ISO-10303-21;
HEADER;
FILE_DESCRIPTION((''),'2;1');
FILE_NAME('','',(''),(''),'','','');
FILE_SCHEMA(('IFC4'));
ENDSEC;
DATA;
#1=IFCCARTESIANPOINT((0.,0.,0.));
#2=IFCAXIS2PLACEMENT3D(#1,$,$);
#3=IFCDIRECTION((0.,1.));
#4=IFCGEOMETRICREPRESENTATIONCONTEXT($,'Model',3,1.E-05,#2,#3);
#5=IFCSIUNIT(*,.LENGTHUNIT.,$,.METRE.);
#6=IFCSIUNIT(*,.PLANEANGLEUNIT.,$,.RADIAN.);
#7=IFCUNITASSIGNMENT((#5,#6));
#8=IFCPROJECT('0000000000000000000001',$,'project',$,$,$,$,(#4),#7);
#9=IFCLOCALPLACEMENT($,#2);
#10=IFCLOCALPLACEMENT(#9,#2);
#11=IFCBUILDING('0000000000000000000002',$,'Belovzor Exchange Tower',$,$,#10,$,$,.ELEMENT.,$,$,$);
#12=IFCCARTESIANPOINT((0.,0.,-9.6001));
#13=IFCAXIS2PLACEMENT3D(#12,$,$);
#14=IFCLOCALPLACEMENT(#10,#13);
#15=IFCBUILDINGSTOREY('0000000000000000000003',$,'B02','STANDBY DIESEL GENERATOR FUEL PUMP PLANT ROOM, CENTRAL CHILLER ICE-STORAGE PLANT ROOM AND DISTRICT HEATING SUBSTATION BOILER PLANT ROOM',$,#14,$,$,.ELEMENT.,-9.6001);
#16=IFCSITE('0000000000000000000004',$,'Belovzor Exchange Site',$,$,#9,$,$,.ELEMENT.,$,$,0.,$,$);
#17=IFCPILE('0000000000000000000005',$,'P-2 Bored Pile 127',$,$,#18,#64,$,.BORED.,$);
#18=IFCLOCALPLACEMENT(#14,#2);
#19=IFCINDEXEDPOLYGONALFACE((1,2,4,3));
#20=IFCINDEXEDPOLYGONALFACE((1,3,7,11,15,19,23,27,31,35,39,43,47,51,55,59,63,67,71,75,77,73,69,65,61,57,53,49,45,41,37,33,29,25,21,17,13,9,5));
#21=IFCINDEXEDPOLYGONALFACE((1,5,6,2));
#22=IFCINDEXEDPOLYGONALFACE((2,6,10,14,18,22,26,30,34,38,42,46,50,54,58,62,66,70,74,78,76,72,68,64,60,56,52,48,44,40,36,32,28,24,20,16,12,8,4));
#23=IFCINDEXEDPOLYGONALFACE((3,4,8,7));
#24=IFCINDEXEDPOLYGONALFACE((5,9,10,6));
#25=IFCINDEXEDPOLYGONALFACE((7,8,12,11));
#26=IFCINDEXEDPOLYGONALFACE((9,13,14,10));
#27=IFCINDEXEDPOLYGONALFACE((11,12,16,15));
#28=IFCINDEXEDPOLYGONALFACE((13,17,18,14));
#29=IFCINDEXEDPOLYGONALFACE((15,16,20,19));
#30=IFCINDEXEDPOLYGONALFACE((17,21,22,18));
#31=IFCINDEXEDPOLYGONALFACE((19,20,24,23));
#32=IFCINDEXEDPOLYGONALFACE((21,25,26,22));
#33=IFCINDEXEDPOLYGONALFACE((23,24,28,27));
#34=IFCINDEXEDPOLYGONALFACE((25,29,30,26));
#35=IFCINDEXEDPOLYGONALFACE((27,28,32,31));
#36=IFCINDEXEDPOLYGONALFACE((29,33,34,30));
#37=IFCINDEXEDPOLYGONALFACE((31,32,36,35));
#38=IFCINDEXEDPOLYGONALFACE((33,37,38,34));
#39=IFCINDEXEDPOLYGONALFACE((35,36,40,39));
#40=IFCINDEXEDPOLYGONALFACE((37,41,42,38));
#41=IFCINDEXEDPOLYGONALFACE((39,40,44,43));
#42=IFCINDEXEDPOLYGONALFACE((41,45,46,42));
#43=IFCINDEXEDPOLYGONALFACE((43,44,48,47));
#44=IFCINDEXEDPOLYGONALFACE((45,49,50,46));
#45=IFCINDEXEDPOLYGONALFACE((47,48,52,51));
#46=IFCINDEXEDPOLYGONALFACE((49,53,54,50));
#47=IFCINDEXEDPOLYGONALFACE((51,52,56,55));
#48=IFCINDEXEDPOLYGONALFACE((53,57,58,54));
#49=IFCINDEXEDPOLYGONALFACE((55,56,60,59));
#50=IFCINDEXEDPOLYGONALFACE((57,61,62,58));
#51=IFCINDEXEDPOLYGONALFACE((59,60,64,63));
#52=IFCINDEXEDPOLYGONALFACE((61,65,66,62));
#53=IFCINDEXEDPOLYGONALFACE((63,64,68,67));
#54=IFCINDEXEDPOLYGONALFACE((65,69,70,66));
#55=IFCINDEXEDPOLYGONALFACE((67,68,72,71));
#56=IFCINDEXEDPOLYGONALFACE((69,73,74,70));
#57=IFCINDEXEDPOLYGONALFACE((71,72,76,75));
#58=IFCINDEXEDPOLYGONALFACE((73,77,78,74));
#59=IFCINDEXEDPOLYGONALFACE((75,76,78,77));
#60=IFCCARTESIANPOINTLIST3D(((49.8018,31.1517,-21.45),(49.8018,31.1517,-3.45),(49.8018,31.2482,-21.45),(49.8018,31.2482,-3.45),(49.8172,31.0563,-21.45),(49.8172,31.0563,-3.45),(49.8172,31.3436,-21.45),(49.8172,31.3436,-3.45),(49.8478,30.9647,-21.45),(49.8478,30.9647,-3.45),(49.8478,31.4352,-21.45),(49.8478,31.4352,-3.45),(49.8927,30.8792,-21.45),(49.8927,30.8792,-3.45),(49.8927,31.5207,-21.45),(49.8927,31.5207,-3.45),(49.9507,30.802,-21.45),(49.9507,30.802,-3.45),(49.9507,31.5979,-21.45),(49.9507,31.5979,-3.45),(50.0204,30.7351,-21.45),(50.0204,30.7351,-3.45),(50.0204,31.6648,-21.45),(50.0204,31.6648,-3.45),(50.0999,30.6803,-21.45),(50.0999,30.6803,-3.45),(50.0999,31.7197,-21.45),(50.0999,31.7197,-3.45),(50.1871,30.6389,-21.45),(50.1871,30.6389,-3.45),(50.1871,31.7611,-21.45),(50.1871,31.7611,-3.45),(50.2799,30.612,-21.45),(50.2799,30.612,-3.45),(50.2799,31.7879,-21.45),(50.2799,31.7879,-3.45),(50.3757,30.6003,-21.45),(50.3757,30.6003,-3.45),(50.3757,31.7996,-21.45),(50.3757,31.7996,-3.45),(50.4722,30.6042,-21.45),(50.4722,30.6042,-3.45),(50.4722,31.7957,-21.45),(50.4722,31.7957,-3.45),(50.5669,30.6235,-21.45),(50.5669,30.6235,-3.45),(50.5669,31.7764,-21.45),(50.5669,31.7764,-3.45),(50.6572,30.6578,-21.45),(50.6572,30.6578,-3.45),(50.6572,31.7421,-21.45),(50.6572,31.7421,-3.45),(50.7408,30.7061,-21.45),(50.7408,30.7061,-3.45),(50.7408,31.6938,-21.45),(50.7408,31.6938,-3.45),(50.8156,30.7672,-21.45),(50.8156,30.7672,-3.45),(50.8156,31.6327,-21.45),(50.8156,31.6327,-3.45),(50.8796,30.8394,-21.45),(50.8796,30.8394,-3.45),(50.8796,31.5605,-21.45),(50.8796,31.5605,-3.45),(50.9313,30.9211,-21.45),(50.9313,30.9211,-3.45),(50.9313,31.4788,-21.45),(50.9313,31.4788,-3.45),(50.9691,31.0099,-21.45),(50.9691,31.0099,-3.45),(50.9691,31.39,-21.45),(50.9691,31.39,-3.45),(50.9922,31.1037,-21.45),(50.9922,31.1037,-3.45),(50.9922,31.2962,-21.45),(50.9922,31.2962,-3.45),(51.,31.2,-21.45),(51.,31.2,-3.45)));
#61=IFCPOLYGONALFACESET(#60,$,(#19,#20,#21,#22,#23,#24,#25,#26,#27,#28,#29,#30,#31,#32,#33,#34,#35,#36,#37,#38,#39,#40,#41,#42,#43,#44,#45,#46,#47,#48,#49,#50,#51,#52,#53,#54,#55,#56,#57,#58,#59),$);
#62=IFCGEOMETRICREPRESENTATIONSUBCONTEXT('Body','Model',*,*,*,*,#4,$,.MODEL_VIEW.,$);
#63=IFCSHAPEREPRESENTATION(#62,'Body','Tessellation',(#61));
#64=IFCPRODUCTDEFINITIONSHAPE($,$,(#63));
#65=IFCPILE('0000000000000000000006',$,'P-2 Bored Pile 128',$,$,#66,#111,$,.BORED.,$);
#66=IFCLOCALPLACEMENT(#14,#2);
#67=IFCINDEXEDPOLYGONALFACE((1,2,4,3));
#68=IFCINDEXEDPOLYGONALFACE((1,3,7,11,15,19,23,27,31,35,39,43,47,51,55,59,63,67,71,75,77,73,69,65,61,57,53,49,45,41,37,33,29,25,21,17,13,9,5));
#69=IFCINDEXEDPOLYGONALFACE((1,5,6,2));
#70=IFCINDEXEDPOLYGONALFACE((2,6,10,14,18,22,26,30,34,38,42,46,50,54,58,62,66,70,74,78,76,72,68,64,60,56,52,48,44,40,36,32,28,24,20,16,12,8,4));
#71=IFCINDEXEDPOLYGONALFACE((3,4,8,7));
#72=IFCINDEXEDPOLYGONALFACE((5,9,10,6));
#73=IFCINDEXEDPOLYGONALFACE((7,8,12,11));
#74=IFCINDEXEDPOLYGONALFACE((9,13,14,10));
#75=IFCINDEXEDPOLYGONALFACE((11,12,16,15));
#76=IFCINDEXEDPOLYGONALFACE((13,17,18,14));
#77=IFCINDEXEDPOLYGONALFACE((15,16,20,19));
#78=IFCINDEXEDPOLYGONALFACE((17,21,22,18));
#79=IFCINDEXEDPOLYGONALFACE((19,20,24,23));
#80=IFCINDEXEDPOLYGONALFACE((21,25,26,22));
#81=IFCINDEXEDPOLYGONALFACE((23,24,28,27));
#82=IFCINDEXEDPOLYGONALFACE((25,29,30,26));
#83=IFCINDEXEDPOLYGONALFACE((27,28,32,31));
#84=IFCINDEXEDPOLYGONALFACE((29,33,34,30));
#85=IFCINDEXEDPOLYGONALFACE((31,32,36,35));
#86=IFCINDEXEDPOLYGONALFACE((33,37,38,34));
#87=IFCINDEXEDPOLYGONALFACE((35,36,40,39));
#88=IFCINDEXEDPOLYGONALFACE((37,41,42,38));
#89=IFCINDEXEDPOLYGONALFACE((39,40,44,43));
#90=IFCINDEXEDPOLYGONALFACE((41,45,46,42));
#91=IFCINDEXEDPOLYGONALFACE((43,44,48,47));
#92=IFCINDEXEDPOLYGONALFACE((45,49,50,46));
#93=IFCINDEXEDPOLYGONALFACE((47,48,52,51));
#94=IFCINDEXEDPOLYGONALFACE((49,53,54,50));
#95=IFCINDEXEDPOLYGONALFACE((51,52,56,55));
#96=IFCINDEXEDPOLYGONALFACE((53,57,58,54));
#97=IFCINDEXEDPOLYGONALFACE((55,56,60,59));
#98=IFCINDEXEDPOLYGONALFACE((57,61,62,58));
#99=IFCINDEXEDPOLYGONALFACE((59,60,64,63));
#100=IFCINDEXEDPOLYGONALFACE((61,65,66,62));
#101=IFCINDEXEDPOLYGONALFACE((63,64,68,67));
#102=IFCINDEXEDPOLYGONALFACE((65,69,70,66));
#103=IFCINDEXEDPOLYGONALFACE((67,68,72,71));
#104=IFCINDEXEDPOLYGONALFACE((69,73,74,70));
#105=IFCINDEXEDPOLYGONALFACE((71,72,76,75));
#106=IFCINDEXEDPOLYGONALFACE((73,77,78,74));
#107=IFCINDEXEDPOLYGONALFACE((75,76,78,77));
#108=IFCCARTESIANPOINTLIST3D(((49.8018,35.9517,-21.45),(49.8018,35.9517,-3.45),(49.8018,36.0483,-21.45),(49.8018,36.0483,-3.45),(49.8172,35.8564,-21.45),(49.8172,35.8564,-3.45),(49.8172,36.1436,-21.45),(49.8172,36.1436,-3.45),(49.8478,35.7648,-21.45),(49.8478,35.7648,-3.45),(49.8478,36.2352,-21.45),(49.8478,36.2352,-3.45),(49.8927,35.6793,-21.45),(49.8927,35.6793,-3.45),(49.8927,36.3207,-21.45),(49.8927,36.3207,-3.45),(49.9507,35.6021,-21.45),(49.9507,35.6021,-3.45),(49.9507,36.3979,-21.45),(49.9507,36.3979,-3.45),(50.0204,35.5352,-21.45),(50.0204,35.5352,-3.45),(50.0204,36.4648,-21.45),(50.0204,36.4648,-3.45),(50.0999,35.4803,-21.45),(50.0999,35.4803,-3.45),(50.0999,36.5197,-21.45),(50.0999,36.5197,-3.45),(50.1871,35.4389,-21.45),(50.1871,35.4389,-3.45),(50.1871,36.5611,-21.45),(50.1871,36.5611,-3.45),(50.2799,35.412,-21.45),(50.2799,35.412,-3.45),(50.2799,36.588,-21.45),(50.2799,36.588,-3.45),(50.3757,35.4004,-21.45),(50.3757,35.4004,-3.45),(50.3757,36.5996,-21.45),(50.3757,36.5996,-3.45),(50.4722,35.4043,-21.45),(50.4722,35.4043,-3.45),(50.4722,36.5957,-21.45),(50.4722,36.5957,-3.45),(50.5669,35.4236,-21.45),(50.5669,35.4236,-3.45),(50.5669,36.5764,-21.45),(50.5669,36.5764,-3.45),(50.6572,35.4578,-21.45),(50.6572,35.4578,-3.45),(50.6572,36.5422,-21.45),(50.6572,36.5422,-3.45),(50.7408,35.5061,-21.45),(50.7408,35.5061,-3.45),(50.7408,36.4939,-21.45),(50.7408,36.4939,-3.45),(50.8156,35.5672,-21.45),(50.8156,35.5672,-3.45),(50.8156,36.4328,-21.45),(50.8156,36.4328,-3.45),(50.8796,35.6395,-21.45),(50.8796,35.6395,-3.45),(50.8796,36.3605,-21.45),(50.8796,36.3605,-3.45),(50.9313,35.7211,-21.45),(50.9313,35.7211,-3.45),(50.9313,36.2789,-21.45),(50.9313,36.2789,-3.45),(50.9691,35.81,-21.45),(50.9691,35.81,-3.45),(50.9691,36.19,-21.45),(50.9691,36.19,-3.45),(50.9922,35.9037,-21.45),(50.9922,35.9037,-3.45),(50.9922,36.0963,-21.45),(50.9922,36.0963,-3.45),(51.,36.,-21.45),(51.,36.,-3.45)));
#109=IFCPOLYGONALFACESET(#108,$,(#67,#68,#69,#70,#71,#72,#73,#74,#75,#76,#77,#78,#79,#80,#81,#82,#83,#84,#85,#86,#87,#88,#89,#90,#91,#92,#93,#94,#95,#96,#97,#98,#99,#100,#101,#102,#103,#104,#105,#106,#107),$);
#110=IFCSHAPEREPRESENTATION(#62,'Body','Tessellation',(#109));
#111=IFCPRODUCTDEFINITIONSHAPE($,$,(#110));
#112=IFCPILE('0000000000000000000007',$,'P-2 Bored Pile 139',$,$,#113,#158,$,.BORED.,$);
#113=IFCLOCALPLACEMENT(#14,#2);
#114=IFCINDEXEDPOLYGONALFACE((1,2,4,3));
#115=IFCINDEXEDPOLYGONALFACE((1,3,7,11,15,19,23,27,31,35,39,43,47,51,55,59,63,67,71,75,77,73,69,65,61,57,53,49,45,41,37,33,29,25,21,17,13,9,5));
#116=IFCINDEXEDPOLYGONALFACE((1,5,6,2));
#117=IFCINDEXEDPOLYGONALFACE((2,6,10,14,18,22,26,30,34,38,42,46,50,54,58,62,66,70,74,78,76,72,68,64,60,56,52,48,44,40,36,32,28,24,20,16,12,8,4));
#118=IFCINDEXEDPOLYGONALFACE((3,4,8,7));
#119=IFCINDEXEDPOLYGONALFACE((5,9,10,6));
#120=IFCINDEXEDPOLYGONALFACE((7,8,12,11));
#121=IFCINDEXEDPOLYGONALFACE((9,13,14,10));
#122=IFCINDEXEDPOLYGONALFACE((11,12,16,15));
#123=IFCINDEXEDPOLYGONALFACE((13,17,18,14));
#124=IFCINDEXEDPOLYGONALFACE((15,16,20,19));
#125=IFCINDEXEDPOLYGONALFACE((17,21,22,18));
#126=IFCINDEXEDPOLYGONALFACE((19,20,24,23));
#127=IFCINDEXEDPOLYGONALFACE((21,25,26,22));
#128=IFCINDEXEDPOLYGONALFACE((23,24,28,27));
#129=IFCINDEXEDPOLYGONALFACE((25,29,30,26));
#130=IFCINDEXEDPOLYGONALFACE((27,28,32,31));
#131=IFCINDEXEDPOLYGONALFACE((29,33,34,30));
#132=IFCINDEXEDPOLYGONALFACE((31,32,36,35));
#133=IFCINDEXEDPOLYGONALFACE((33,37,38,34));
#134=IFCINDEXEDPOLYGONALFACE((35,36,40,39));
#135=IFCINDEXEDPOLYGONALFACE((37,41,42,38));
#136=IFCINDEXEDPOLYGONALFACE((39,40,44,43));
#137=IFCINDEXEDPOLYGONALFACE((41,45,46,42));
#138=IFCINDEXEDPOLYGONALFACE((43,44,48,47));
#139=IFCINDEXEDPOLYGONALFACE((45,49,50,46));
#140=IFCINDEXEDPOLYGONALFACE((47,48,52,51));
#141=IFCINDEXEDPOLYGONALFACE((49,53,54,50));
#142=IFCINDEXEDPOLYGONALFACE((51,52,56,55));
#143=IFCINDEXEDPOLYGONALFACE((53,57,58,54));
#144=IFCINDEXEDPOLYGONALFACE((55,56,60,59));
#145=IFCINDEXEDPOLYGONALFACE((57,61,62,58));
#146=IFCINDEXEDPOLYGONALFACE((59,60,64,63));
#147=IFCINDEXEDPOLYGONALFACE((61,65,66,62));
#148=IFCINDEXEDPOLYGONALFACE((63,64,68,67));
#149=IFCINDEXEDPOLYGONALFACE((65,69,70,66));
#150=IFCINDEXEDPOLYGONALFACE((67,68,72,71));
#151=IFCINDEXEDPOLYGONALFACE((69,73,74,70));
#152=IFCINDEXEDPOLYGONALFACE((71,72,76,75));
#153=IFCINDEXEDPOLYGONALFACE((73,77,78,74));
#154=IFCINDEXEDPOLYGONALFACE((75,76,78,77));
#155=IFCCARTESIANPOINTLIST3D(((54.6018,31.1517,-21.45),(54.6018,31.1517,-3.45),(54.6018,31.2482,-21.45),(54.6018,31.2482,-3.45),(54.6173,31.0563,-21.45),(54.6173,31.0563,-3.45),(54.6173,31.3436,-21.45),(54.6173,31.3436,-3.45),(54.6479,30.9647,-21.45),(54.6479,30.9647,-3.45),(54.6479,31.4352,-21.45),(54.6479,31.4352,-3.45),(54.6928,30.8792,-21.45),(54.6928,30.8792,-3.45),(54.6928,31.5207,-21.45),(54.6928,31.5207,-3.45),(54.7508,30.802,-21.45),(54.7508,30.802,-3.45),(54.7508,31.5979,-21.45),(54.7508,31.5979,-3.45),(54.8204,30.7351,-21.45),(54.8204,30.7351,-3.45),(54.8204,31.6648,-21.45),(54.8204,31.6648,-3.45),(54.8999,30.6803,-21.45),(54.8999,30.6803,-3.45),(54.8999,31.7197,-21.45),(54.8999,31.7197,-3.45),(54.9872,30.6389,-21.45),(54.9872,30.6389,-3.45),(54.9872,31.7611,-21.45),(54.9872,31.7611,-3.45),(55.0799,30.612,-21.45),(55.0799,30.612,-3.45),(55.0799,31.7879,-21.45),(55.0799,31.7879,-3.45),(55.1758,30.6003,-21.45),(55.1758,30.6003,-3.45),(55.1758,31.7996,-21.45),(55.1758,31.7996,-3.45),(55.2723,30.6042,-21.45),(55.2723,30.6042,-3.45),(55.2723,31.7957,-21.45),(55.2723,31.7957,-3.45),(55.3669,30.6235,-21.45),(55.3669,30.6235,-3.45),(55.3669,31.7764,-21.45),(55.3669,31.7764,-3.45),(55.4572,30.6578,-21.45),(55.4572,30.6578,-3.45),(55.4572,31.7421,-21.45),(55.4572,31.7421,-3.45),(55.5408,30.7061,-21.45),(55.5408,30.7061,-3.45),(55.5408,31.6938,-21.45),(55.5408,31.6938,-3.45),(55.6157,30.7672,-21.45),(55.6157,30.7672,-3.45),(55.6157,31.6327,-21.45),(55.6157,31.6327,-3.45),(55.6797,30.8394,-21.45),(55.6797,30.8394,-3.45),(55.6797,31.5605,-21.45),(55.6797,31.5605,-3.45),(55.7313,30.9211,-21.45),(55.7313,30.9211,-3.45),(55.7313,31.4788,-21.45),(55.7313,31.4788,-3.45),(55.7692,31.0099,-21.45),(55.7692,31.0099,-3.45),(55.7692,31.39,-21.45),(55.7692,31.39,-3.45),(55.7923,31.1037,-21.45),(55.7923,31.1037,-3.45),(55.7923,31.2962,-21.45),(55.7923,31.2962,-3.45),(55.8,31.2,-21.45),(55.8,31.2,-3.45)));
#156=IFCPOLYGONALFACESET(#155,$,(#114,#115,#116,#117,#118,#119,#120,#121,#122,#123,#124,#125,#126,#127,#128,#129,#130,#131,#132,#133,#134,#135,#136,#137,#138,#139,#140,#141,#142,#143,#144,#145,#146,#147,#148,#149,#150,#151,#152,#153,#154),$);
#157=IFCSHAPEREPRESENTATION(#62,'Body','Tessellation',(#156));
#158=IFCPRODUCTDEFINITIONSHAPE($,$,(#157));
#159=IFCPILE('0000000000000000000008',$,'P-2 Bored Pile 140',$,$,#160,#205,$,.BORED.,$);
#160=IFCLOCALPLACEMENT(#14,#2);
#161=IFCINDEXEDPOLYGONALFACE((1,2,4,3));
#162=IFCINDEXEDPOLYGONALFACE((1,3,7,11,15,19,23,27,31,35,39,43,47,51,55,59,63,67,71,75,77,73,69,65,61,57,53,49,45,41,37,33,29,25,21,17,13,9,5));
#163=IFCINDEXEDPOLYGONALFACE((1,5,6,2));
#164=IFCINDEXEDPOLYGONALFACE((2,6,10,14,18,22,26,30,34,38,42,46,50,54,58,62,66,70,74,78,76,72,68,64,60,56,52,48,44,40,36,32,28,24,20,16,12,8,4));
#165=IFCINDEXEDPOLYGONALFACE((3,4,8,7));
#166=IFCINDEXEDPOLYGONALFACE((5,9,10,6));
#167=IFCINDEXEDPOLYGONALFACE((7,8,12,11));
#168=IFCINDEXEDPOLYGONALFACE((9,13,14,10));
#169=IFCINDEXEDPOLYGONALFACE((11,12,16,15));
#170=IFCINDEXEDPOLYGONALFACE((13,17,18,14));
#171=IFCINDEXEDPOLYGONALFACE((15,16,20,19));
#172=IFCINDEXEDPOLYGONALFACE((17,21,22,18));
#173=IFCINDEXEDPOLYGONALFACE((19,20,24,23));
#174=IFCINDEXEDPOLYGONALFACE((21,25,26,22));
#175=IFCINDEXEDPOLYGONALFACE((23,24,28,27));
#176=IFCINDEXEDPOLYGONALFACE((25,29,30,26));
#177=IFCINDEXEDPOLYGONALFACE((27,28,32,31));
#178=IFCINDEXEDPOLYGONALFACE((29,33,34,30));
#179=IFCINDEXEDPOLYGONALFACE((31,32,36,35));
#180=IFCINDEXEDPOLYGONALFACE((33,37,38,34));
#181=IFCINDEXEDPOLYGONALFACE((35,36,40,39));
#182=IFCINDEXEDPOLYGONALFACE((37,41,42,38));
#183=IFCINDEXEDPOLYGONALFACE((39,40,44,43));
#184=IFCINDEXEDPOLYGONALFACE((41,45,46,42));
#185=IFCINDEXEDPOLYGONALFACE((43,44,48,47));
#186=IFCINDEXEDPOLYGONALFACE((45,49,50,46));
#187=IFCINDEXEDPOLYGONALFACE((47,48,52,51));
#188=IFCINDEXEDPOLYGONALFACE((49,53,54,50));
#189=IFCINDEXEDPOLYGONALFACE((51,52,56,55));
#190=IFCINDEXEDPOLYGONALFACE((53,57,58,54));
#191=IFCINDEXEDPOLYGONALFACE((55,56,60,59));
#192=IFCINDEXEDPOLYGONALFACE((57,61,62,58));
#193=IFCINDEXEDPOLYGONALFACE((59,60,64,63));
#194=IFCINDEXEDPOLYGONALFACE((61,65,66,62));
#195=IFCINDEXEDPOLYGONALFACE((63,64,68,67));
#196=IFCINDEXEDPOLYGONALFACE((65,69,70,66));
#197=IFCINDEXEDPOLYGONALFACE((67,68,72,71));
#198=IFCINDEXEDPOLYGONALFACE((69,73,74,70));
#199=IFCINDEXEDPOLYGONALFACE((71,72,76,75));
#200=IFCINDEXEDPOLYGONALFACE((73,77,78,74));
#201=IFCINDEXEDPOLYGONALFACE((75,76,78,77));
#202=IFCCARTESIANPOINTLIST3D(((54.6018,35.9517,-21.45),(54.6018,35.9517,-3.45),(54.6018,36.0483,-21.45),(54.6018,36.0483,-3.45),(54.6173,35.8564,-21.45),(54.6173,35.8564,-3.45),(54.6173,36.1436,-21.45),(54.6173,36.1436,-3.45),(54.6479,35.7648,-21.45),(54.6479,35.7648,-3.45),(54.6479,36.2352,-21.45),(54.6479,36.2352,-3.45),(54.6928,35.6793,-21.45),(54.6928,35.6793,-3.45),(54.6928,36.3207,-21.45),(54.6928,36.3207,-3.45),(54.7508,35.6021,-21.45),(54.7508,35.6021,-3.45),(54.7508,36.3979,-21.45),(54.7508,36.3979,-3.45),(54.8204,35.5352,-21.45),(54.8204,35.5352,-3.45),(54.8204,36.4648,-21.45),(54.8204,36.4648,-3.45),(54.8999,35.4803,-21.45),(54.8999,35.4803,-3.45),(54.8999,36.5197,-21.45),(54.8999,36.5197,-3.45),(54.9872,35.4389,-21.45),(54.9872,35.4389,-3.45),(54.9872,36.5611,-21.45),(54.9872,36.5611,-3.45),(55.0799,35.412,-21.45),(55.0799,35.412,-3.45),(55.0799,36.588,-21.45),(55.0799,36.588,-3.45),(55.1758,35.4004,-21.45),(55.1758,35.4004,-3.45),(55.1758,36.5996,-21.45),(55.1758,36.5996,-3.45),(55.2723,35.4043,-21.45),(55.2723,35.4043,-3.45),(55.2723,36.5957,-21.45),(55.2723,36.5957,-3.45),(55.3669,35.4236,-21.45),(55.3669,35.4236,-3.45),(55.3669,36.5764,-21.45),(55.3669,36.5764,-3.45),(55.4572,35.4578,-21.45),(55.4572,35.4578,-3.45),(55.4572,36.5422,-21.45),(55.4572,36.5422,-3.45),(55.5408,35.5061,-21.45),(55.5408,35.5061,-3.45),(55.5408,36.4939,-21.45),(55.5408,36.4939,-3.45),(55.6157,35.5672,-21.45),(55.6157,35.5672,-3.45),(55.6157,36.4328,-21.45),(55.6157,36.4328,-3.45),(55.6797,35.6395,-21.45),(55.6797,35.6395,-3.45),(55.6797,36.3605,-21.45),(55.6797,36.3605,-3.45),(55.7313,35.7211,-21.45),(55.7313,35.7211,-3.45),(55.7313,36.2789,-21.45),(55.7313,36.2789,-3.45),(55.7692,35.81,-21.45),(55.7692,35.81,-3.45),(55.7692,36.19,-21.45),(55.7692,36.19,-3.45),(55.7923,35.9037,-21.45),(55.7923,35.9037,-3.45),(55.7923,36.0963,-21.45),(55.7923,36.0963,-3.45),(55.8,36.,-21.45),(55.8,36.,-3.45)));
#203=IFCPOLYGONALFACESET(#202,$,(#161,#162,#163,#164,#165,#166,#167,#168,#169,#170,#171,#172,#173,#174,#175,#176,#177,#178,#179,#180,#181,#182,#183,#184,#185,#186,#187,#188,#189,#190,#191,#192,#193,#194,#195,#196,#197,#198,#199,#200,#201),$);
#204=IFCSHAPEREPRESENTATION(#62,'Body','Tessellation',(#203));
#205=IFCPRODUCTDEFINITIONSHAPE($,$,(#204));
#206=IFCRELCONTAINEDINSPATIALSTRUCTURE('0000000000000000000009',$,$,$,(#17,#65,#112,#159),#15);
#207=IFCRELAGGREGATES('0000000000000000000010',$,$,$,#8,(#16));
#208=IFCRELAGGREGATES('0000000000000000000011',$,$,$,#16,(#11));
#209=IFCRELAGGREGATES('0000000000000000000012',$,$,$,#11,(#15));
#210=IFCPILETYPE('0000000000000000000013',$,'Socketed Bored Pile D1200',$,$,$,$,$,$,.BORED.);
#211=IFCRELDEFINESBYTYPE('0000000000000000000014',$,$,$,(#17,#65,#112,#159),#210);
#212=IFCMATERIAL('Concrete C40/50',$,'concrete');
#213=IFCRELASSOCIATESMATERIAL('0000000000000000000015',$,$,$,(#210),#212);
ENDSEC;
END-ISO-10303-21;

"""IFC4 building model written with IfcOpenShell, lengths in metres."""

from ifc_helpers import new_model, si_unit, direction, frame, origin, origin_2d, place, context, subcontext, project, spatial, circle, extrude, material, material_profile, profile_set, type_object, element, save


model = new_model("IFC4")

# Units and contexts
model_context = context("Model", 3, precision=1e-05, world=origin(), true_north=direction((0.0, 1.0)))
body_context = subcontext(model_context, "Body", "Model", "MODEL_VIEW")
ifc_project = project(units=[si_unit("LENGTHUNIT", "METRE"), si_unit("PLANEANGLEUNIT", "RADIAN")], contexts=[model_context])

# Site, building, storey
site_placement = place(None, origin())
site = spatial("IfcSite", under=ifc_project, at=site_placement, Name="Belovzor Exchange Site", CompositionType="ELEMENT", RefElevation=0.0)
building_placement = place(site_placement, origin())
building = spatial("IfcBuilding", under=site, at=building_placement, Name="Belovzor Exchange Tower", CompositionType="ELEMENT")
storey_placement = place(building_placement, frame((0.0, 0.0, -9.6001)))
storey = spatial("IfcBuildingStorey", under=building, at=storey_placement, Name="B02", Description="STANDBY DIESEL GENERATOR FUEL PUMP PLANT ROOM, CENTRAL CHILLER ICE-STORAGE PLANT ROOM AND DISTRICT HEATING SUBSTATION BOILER PLANT ROOM", CompositionType="ELEMENT", Elevation=-9.6001)

# Piles
ifc_material_1 = material(Name="Concrete C40/50", Category="concrete")
ifc_material_profile_1 = material_profile(ifc_material_1, circle(Radius=0.6001, at=origin_2d()))
ifc_profile_set_1 = profile_set([ifc_material_profile_1], Name="Concrete C40/50")
pile_type_1 = type_object("IfcPileType", Name="Socketed Bored Pile D1200", PredefinedType="BORED", material=ifc_profile_set_1)
for number, where, z_axis, x_axis, name in (
    (1, (50.3999, 31.2, -3.45), (0.0, 0.0, -1.0), (1.0, 0.0, 0.0), "P-2 Bored Pile 127"),
    (2, (50.3999, 36.0, -3.45), (0.0, 0.0, -1.0), (1.0, 0.0, 0.0), "P-2 Bored Pile 128"),
    (3, (55.2, 31.2, -3.45), (0.0, 0.0, -1.0), (1.0, 0.0, 0.0), "P-2 Bored Pile 139"),
    (4, (55.2, 36.0, -3.45), (0.0, 0.0, -1.0), (1.0, 0.0, 0.0), "P-2 Bored Pile 140"),
):
    element("IfcPile", number, at=place(storey_placement, frame(where, z_axis=z_axis, x_axis=x_axis)), inside=storey, type_object=pile_type_1, Name=name, PredefinedType="BORED", context=body_context, shape_type="SweptSolid", body=[
        extrude(circle(Radius=0.6001, at=origin_2d()), origin(), (0.0, 0.0, 1.0), 18.0),
    ])

save(model, "model.ifc")
